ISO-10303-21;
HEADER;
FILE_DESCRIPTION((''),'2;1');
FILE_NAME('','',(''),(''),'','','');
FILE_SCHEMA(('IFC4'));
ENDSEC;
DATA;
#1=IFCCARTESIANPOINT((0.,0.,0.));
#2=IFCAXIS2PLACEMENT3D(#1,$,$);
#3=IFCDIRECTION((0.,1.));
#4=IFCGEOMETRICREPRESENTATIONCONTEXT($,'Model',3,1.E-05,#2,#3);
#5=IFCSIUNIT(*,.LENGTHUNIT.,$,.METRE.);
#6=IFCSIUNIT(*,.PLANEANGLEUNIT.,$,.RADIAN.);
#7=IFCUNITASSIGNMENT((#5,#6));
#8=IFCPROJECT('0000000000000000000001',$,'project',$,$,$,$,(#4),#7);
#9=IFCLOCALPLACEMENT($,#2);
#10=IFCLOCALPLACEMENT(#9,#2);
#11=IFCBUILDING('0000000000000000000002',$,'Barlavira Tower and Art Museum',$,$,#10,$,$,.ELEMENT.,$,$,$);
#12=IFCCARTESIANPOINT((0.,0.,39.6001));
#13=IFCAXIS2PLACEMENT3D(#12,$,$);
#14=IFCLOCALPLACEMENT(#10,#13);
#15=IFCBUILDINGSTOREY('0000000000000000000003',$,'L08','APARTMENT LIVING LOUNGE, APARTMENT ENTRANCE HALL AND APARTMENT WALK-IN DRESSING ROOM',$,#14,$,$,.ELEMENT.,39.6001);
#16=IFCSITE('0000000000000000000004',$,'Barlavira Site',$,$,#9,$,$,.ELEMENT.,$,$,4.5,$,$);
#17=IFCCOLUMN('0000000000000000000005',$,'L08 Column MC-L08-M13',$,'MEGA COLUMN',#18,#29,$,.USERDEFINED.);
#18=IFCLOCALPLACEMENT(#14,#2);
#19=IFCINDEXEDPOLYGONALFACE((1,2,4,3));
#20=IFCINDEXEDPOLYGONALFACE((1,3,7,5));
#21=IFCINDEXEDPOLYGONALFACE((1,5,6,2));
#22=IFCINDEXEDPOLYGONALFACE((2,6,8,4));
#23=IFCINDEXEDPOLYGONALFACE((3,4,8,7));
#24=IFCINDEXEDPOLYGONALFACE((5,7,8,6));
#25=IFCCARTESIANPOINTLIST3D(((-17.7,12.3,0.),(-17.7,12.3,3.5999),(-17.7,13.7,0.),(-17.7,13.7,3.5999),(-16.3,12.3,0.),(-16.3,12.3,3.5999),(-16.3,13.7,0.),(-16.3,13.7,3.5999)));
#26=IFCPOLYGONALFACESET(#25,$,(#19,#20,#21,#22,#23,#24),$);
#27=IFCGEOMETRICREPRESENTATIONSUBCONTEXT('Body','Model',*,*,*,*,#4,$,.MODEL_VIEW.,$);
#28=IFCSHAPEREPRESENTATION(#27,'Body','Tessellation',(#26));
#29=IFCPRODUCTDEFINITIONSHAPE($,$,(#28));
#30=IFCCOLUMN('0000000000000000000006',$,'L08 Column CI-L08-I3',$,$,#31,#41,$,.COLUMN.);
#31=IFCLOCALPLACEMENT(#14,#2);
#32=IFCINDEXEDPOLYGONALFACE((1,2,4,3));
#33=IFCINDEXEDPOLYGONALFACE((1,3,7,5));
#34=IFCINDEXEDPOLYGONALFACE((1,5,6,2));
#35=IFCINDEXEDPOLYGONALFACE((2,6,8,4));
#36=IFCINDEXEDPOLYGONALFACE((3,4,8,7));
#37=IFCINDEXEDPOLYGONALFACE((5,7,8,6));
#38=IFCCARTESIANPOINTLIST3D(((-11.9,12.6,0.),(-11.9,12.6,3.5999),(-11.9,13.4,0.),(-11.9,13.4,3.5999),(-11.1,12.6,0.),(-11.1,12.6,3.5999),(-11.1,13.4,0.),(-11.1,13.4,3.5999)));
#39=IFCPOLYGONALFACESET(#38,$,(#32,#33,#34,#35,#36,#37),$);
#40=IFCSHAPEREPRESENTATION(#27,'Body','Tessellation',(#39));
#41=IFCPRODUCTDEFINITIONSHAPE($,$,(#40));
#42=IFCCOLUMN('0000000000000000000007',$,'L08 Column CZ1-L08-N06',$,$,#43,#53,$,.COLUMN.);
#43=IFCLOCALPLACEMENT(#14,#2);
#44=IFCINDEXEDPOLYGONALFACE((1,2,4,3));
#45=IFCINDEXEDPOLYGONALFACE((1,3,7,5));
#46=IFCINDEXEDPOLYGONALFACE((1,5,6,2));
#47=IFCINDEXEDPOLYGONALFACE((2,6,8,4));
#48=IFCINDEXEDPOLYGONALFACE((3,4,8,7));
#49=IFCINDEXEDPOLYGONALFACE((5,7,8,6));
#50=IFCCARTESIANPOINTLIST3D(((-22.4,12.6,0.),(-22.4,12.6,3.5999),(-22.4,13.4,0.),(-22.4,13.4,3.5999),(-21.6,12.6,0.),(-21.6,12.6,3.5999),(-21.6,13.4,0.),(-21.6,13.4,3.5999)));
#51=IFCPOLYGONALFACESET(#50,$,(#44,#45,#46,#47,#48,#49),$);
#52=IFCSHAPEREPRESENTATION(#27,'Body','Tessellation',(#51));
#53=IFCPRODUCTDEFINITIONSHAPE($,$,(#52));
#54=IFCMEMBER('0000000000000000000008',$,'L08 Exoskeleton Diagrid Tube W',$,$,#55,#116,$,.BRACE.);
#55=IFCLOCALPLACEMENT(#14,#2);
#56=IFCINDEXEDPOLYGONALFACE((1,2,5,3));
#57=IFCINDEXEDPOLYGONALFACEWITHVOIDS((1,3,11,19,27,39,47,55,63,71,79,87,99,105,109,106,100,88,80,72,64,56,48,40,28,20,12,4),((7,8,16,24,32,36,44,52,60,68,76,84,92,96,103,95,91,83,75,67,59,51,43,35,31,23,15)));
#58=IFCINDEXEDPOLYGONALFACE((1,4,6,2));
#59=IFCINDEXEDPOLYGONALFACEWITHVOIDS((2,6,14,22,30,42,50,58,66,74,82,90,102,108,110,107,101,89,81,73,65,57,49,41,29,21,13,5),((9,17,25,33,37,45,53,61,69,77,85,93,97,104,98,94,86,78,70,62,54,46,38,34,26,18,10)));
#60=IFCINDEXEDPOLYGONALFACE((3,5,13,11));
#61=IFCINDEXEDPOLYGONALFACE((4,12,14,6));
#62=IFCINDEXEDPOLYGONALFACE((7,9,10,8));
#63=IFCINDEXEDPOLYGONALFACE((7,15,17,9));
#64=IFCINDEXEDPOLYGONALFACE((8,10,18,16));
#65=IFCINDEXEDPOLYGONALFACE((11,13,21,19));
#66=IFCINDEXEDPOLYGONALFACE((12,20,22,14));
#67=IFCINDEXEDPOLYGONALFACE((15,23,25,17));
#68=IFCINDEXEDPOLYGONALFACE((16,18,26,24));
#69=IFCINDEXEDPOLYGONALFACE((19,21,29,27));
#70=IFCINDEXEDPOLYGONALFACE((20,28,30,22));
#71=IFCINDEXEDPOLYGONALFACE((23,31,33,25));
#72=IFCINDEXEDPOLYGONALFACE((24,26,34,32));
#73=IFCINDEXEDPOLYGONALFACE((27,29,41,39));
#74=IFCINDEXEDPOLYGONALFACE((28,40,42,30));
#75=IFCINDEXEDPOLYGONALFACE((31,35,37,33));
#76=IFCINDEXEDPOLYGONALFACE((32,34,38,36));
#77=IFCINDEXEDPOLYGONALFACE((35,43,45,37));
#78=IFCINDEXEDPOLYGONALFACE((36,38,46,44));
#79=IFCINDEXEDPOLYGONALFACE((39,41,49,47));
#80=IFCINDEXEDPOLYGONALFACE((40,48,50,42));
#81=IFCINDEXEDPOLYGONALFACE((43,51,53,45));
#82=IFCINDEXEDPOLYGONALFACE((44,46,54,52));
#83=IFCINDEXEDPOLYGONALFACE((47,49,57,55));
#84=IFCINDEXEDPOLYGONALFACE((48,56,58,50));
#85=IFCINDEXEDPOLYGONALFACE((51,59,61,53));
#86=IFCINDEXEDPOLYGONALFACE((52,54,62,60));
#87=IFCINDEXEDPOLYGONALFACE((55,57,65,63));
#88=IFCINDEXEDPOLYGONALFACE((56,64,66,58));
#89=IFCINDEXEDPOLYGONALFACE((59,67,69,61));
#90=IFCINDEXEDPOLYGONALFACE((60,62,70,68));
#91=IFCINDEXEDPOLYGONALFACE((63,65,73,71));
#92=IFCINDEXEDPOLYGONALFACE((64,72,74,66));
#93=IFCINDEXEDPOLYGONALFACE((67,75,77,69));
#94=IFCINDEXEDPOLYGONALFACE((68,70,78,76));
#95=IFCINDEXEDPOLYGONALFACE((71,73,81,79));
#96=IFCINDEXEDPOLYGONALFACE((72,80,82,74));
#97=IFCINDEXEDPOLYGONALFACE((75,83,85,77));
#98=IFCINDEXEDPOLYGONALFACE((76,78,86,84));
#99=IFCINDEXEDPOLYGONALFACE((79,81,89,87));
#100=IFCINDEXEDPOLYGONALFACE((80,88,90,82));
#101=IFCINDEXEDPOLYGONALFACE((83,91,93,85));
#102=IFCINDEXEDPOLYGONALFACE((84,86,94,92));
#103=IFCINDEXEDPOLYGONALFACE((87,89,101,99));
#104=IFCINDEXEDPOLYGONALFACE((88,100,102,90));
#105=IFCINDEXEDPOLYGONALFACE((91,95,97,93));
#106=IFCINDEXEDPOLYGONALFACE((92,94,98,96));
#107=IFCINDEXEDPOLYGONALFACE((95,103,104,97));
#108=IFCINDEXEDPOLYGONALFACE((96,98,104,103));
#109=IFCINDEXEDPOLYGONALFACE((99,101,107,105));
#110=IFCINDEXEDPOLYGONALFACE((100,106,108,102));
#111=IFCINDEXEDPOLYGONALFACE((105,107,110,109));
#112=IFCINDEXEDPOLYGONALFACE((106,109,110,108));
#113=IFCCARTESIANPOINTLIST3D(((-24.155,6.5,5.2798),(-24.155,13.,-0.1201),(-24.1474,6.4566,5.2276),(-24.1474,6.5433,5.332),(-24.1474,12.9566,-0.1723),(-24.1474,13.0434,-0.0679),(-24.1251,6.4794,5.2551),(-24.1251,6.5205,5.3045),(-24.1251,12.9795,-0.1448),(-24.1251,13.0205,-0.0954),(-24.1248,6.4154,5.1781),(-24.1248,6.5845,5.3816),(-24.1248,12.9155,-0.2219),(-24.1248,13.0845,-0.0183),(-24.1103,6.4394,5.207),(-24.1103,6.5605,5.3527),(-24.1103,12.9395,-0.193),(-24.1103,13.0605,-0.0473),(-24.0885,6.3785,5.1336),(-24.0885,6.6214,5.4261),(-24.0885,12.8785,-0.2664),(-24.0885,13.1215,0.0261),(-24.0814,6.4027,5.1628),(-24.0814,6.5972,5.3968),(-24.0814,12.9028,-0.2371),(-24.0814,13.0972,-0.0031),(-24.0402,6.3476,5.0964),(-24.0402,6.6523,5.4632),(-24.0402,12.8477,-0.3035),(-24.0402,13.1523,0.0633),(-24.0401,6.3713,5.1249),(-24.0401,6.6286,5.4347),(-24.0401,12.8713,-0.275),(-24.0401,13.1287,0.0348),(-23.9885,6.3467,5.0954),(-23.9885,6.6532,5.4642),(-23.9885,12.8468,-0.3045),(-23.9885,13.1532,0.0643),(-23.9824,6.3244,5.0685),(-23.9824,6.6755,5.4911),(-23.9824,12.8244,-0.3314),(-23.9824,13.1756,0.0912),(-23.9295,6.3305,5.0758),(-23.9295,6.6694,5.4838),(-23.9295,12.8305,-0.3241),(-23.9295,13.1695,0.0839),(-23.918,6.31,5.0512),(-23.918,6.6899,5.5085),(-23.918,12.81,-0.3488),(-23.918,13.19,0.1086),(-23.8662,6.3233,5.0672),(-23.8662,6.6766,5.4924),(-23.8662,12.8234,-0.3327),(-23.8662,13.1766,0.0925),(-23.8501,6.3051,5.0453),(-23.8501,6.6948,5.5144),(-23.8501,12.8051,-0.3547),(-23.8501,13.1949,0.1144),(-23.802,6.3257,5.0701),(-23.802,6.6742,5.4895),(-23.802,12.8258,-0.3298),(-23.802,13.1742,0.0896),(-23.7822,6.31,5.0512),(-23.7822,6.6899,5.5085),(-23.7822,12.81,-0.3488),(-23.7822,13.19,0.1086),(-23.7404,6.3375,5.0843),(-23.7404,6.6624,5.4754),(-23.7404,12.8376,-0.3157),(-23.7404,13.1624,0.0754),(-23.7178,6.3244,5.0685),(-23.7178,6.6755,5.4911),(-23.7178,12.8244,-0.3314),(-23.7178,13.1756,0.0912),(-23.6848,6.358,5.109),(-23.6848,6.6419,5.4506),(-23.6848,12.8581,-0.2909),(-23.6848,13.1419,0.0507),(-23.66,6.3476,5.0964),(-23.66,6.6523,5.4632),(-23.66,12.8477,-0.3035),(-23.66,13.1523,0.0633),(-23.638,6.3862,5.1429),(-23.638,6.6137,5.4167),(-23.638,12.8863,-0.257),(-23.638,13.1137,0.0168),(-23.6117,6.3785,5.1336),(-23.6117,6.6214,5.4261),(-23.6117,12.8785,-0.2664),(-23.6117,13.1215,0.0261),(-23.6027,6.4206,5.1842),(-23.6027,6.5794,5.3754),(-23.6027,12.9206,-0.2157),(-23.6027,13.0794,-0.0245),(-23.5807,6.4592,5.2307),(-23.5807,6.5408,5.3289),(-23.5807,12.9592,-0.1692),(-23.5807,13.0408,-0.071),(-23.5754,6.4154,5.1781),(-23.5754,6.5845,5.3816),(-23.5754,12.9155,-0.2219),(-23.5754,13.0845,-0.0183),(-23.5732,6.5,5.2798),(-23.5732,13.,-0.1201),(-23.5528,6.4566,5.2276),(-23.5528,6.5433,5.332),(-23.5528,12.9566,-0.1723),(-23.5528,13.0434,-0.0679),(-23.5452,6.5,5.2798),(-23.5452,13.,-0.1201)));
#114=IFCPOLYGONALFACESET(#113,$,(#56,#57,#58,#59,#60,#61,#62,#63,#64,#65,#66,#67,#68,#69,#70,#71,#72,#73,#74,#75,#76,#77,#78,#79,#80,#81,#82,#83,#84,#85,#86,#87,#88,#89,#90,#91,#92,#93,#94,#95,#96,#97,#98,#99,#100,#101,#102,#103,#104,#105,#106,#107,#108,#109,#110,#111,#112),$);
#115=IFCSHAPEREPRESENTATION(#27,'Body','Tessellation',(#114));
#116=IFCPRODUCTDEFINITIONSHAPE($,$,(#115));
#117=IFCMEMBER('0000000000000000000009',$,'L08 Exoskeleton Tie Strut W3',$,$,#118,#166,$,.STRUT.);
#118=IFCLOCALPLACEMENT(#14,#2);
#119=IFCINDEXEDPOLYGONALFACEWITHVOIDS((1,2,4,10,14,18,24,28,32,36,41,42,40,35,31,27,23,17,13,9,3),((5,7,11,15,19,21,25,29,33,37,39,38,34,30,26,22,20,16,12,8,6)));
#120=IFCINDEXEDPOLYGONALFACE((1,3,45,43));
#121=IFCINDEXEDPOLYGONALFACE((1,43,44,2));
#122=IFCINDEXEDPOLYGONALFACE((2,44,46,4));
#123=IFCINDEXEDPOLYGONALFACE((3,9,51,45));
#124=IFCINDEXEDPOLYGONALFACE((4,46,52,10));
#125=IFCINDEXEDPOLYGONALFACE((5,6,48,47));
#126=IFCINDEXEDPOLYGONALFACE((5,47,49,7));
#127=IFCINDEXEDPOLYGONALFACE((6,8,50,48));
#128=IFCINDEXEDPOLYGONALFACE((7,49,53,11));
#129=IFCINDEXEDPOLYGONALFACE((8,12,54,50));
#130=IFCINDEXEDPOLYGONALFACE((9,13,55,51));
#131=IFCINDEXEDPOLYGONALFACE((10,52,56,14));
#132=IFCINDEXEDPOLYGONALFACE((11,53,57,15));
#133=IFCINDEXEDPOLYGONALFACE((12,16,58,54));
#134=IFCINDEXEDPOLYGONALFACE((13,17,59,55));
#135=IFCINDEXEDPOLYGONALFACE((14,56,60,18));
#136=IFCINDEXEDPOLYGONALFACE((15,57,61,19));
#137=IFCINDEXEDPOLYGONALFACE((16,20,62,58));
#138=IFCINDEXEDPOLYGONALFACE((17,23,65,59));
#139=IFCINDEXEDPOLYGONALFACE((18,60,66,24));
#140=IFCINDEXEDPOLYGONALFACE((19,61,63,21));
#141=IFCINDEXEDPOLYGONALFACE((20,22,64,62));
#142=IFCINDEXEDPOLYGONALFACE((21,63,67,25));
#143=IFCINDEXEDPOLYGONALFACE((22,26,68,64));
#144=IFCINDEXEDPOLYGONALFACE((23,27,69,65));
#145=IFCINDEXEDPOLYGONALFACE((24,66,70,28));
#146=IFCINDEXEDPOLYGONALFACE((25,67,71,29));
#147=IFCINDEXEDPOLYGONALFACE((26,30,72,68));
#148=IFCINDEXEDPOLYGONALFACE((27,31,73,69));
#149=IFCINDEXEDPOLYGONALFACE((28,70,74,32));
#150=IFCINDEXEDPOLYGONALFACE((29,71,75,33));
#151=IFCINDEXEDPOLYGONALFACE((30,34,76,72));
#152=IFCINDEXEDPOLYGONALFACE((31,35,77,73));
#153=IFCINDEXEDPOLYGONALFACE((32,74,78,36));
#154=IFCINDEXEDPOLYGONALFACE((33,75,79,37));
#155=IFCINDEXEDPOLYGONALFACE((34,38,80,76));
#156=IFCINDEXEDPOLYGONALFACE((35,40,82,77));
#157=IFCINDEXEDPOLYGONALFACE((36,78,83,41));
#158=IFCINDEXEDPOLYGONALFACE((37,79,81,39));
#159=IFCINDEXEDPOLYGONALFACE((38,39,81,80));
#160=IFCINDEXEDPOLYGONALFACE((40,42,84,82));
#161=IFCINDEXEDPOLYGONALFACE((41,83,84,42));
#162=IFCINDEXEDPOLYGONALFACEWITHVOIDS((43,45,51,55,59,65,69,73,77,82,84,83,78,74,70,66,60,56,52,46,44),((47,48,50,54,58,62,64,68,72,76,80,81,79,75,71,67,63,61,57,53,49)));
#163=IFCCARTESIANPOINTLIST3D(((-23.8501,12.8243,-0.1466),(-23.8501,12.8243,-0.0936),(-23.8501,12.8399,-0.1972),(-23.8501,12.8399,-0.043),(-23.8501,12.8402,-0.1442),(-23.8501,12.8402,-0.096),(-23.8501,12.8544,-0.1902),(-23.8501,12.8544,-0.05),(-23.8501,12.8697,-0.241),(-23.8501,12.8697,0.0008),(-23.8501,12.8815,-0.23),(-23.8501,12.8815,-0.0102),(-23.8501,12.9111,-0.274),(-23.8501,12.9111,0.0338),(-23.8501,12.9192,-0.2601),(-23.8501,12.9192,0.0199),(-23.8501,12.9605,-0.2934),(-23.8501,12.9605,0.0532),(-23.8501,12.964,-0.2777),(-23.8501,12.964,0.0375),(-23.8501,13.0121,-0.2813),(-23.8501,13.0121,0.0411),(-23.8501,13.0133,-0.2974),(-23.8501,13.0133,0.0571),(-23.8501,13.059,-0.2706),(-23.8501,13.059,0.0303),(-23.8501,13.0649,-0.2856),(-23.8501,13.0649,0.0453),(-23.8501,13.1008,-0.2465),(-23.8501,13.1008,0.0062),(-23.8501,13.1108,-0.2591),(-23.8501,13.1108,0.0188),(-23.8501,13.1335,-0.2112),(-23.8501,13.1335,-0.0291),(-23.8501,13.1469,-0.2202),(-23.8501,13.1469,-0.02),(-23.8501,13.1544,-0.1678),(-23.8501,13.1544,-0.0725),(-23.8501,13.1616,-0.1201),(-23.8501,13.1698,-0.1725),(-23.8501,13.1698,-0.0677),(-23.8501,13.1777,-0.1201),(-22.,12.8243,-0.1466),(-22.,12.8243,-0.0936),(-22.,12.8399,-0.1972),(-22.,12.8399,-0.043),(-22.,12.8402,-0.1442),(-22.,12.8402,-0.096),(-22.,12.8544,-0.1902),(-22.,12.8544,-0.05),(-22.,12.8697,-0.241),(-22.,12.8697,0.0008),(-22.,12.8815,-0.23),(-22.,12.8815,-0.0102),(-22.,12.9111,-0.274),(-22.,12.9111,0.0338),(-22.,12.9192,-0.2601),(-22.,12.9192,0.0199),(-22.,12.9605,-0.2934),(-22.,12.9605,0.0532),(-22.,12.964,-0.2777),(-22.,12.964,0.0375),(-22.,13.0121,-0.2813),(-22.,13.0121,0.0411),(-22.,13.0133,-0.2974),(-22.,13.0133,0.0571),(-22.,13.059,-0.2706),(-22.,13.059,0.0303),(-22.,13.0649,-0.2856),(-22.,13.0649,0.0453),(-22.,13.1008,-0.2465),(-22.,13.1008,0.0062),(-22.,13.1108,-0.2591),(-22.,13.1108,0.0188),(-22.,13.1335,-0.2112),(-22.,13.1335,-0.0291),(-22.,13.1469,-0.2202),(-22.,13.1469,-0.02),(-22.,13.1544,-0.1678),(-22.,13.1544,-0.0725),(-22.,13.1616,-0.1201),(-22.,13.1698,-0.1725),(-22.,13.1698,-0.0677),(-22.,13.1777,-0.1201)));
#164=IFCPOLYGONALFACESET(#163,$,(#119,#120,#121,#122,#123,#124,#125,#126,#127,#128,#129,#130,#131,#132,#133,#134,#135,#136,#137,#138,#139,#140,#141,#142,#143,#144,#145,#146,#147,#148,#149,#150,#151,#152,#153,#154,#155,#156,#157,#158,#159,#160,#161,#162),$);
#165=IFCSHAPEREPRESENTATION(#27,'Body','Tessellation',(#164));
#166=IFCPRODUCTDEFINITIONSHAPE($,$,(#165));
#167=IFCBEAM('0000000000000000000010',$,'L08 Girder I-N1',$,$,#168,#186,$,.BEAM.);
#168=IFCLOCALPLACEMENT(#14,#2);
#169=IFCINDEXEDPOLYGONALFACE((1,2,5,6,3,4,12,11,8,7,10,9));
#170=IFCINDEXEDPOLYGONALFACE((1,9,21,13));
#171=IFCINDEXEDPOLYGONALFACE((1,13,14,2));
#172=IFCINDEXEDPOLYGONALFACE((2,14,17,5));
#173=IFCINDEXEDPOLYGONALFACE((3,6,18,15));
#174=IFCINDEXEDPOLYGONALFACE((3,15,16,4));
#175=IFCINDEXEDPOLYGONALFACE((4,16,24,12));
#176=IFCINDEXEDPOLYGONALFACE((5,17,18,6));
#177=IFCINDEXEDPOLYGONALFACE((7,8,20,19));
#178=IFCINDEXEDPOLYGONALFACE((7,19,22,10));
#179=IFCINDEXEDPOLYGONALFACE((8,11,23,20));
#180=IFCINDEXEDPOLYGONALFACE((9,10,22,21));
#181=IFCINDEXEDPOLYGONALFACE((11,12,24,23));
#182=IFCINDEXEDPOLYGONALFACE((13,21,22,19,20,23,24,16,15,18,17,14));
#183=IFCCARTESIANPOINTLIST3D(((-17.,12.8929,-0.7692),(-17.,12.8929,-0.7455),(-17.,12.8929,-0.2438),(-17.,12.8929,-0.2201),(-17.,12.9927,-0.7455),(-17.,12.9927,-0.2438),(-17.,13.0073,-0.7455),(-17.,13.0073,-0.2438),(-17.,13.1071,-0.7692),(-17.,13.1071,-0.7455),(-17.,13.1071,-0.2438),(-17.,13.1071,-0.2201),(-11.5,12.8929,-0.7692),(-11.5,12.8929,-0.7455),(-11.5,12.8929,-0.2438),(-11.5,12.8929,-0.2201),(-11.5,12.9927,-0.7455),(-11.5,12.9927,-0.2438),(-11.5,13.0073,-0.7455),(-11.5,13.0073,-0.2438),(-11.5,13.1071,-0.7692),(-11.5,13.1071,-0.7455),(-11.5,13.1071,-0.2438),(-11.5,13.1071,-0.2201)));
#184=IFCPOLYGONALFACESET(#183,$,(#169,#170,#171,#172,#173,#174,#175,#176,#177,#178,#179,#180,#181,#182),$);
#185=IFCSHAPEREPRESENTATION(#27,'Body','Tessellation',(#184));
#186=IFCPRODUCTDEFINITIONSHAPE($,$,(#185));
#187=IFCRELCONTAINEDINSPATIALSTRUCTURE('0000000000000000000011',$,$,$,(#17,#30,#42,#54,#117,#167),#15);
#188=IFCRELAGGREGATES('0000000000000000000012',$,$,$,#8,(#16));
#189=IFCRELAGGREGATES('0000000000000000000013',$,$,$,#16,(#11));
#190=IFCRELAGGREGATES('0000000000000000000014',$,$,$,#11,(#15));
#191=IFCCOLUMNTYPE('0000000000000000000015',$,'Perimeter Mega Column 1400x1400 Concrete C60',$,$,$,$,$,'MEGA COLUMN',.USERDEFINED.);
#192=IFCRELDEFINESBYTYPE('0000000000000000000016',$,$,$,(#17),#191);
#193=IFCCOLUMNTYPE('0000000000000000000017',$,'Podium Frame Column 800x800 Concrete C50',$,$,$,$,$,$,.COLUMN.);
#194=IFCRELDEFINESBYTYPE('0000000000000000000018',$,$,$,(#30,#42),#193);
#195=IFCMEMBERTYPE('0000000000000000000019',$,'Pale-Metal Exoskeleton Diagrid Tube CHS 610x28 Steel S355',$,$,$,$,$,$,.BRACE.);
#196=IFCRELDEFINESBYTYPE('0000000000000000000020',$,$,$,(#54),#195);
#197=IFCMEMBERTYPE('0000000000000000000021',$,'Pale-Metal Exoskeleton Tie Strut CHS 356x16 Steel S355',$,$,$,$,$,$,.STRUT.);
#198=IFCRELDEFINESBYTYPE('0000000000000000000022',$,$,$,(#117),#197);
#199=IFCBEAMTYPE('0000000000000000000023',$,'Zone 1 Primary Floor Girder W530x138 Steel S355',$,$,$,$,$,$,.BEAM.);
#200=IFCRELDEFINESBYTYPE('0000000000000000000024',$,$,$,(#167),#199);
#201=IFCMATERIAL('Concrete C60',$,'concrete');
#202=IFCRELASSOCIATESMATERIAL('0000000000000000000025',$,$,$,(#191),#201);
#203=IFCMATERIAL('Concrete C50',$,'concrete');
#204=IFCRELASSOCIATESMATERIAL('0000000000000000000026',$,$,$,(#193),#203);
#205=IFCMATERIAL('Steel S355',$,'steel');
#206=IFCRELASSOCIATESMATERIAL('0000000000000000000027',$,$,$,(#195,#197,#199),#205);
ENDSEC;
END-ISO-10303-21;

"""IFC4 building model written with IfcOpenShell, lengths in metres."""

from ifc_helpers import new_model, si_unit, direction, frame, origin, origin_2d, place, context, subcontext, project, spatial, rectangle, hollow_circle, i_section, extrude, material, material_profile, profile_set, type_object, element, save


model = new_model("IFC4")

# Units and contexts
model_context = context("Model", 3, precision=1e-05, world=origin(), true_north=direction((0.0, 1.0)))
body_context = subcontext(model_context, "Body", "Model", "MODEL_VIEW")
ifc_project = project(units=[si_unit("LENGTHUNIT", "METRE"), si_unit("PLANEANGLEUNIT", "RADIAN")], contexts=[model_context])

# Site, building, storey
site_placement = place(None, origin())
site = spatial("IfcSite", under=ifc_project, at=site_placement, Name="Barlavira Site", CompositionType="ELEMENT", RefElevation=4.5)
building_placement = place(site_placement, origin())
building = spatial("IfcBuilding", under=site, at=building_placement, Name="Barlavira Tower and Art Museum", CompositionType="ELEMENT")
storey_placement = place(building_placement, frame((0.0, 0.0, 39.6001)))
storey = spatial("IfcBuildingStorey", under=building, at=storey_placement, Name="L08", Description="APARTMENT LIVING LOUNGE, APARTMENT ENTRANCE HALL AND APARTMENT WALK-IN DRESSING ROOM", CompositionType="ELEMENT", Elevation=39.6001)

# Columns
ifc_material_1 = material(Name="Concrete C60", Category="concrete")
ifc_material_profile_1 = material_profile(ifc_material_1, rectangle(XDim=1.3999, YDim=1.3999, at=origin_2d()), Name="RC-MCOL 1400x1400")
ifc_profile_set_1 = profile_set([ifc_material_profile_1], Name="Concrete C60")
column_type_1 = type_object("IfcColumnType", Name="Perimeter Mega Column 1400x1400 Concrete C60", ElementType="MEGA COLUMN", PredefinedType="USERDEFINED", material=ifc_profile_set_1)
column_placement = place(storey_placement, frame((-17.0, 13.0, 0.0), z_axis=(0.0, 0.0, 1.0), x_axis=(1.0, 0.0, 0.0)))
element("IfcColumn", 1, at=column_placement, inside=storey, type_object=column_type_1, Name="L08 Column MC-L08-M13", ObjectType="MEGA COLUMN", PredefinedType="USERDEFINED", context=body_context, shape_type="SweptSolid", body=[
    extrude(rectangle(XDim=1.3999, YDim=1.3999, at=origin_2d()), origin(), (0.0, 0.0, 1.0), 3.5999),
])
ifc_material_2 = material(Name="Concrete C50", Category="concrete")
ifc_material_profile_2 = material_profile(ifc_material_2, rectangle(XDim=0.8, YDim=0.8, at=origin_2d()), Name="RC-COL 800x800")
ifc_profile_set_2 = profile_set([ifc_material_profile_2], Name="Concrete C50")
column_type_2 = type_object("IfcColumnType", Name="Podium Frame Column 800x800 Concrete C50", PredefinedType="COLUMN", material=ifc_profile_set_2)
for number, where, z_axis, x_axis, name in (
    (2, (-11.5, 13.0, 0.0), (0.0, 0.0, 1.0), (1.0, 0.0, 0.0), "L08 Column CI-L08-I3"),
    (3, (-22.0, 13.0, 0.0), (0.0, 0.0, 1.0), (1.0, 0.0, 0.0), "L08 Column CZ1-L08-N06"),
):
    element("IfcColumn", number, at=place(storey_placement, frame(where, z_axis=z_axis, x_axis=x_axis)), inside=storey, type_object=column_type_2, Name=name, PredefinedType="COLUMN", context=body_context, shape_type="SweptSolid", body=[
        extrude(rectangle(XDim=0.8, YDim=0.8, at=origin_2d()), origin(), (0.0, 0.0, 1.0), 3.5999),
    ])

# Members
ifc_material_3 = material(Name="Steel S355", Category="steel")
ifc_material_profile_3 = material_profile(ifc_material_3, hollow_circle(Radius=0.3049, WallThickness=0.0281, at=origin_2d()), Name="CHS 610.0x28.0")
ifc_profile_set_3 = profile_set([ifc_material_profile_3], Name="Steel S355")
member_type_1 = type_object("IfcMemberType", Name="Pale-Metal Exoskeleton Diagrid Tube CHS 610x28 Steel S355", PredefinedType="BRACE", material=ifc_profile_set_3)
member_1_placement = place(storey_placement, frame((-23.8501, 13.0, -0.1201), z_axis=(0.0, -0.769196, 0.639013), x_axis=(1.0, 0.0, 0.0)))
element("IfcMember", 4, at=member_1_placement, inside=storey, type_object=member_type_1, Name="L08 Exoskeleton Diagrid Tube W", PredefinedType="BRACE", context=body_context, shape_type="SweptSolid", body=[
    extrude(hollow_circle(Radius=0.3049, WallThickness=0.0281, at=origin_2d()), origin(), (0.0, 0.0, 1.0), 8.4504),
])
ifc_material_profile_4 = material_profile(ifc_material_3, hollow_circle(Radius=0.1777, WallThickness=0.0161, at=origin_2d()), Name="CHS 355.6x16.0")
ifc_profile_set_4 = profile_set([ifc_material_profile_4], Name="Steel S355")
member_type_2 = type_object("IfcMemberType", Name="Pale-Metal Exoskeleton Tie Strut CHS 356x16 Steel S355", PredefinedType="STRUT", material=ifc_profile_set_4)
member_2_placement = place(storey_placement, frame((-23.8501, 13.0, -0.1201), z_axis=(1.0, 0.0, 0.0), x_axis=(0.0, 1.0, 0.0)))
element("IfcMember", 5, at=member_2_placement, inside=storey, type_object=member_type_2, Name="L08 Exoskeleton Tie Strut W3", PredefinedType="STRUT", context=body_context, shape_type="SweptSolid", body=[
    extrude(hollow_circle(Radius=0.1777, WallThickness=0.0161, at=origin_2d()), origin(), (0.0, 0.0, 1.0), 1.8501),
])

# Beam
ifc_material_profile_5 = material_profile(ifc_material_3, i_section(OverallWidth=0.2141, OverallDepth=0.5491, WebThickness=0.0146, FlangeThickness=0.0237, at=origin_2d()), Name="W530x138.0")
ifc_profile_set_5 = profile_set([ifc_material_profile_5], Name="Steel S355")
beam_type = type_object("IfcBeamType", Name="Zone 1 Primary Floor Girder W530x138 Steel S355", PredefinedType="BEAM", material=ifc_profile_set_5)
beam_1_placement = place(storey_placement, frame((-17.0, 13.0, -0.4946), z_axis=(1.0, 0.0, 0.0), x_axis=(0.0, 1.0, 0.0)))
element("IfcBeam", 6, at=beam_1_placement, inside=storey, type_object=beam_type, Name="L08 Girder I-N1", PredefinedType="BEAM", context=body_context, shape_type="SweptSolid", body=[
    extrude(i_section(OverallWidth=0.2141, OverallDepth=0.5491, WebThickness=0.0146, FlangeThickness=0.0237, at=origin_2d()), origin(), (0.0, 0.0, 1.0), 5.5),
])

save(model, "model.ifc")
